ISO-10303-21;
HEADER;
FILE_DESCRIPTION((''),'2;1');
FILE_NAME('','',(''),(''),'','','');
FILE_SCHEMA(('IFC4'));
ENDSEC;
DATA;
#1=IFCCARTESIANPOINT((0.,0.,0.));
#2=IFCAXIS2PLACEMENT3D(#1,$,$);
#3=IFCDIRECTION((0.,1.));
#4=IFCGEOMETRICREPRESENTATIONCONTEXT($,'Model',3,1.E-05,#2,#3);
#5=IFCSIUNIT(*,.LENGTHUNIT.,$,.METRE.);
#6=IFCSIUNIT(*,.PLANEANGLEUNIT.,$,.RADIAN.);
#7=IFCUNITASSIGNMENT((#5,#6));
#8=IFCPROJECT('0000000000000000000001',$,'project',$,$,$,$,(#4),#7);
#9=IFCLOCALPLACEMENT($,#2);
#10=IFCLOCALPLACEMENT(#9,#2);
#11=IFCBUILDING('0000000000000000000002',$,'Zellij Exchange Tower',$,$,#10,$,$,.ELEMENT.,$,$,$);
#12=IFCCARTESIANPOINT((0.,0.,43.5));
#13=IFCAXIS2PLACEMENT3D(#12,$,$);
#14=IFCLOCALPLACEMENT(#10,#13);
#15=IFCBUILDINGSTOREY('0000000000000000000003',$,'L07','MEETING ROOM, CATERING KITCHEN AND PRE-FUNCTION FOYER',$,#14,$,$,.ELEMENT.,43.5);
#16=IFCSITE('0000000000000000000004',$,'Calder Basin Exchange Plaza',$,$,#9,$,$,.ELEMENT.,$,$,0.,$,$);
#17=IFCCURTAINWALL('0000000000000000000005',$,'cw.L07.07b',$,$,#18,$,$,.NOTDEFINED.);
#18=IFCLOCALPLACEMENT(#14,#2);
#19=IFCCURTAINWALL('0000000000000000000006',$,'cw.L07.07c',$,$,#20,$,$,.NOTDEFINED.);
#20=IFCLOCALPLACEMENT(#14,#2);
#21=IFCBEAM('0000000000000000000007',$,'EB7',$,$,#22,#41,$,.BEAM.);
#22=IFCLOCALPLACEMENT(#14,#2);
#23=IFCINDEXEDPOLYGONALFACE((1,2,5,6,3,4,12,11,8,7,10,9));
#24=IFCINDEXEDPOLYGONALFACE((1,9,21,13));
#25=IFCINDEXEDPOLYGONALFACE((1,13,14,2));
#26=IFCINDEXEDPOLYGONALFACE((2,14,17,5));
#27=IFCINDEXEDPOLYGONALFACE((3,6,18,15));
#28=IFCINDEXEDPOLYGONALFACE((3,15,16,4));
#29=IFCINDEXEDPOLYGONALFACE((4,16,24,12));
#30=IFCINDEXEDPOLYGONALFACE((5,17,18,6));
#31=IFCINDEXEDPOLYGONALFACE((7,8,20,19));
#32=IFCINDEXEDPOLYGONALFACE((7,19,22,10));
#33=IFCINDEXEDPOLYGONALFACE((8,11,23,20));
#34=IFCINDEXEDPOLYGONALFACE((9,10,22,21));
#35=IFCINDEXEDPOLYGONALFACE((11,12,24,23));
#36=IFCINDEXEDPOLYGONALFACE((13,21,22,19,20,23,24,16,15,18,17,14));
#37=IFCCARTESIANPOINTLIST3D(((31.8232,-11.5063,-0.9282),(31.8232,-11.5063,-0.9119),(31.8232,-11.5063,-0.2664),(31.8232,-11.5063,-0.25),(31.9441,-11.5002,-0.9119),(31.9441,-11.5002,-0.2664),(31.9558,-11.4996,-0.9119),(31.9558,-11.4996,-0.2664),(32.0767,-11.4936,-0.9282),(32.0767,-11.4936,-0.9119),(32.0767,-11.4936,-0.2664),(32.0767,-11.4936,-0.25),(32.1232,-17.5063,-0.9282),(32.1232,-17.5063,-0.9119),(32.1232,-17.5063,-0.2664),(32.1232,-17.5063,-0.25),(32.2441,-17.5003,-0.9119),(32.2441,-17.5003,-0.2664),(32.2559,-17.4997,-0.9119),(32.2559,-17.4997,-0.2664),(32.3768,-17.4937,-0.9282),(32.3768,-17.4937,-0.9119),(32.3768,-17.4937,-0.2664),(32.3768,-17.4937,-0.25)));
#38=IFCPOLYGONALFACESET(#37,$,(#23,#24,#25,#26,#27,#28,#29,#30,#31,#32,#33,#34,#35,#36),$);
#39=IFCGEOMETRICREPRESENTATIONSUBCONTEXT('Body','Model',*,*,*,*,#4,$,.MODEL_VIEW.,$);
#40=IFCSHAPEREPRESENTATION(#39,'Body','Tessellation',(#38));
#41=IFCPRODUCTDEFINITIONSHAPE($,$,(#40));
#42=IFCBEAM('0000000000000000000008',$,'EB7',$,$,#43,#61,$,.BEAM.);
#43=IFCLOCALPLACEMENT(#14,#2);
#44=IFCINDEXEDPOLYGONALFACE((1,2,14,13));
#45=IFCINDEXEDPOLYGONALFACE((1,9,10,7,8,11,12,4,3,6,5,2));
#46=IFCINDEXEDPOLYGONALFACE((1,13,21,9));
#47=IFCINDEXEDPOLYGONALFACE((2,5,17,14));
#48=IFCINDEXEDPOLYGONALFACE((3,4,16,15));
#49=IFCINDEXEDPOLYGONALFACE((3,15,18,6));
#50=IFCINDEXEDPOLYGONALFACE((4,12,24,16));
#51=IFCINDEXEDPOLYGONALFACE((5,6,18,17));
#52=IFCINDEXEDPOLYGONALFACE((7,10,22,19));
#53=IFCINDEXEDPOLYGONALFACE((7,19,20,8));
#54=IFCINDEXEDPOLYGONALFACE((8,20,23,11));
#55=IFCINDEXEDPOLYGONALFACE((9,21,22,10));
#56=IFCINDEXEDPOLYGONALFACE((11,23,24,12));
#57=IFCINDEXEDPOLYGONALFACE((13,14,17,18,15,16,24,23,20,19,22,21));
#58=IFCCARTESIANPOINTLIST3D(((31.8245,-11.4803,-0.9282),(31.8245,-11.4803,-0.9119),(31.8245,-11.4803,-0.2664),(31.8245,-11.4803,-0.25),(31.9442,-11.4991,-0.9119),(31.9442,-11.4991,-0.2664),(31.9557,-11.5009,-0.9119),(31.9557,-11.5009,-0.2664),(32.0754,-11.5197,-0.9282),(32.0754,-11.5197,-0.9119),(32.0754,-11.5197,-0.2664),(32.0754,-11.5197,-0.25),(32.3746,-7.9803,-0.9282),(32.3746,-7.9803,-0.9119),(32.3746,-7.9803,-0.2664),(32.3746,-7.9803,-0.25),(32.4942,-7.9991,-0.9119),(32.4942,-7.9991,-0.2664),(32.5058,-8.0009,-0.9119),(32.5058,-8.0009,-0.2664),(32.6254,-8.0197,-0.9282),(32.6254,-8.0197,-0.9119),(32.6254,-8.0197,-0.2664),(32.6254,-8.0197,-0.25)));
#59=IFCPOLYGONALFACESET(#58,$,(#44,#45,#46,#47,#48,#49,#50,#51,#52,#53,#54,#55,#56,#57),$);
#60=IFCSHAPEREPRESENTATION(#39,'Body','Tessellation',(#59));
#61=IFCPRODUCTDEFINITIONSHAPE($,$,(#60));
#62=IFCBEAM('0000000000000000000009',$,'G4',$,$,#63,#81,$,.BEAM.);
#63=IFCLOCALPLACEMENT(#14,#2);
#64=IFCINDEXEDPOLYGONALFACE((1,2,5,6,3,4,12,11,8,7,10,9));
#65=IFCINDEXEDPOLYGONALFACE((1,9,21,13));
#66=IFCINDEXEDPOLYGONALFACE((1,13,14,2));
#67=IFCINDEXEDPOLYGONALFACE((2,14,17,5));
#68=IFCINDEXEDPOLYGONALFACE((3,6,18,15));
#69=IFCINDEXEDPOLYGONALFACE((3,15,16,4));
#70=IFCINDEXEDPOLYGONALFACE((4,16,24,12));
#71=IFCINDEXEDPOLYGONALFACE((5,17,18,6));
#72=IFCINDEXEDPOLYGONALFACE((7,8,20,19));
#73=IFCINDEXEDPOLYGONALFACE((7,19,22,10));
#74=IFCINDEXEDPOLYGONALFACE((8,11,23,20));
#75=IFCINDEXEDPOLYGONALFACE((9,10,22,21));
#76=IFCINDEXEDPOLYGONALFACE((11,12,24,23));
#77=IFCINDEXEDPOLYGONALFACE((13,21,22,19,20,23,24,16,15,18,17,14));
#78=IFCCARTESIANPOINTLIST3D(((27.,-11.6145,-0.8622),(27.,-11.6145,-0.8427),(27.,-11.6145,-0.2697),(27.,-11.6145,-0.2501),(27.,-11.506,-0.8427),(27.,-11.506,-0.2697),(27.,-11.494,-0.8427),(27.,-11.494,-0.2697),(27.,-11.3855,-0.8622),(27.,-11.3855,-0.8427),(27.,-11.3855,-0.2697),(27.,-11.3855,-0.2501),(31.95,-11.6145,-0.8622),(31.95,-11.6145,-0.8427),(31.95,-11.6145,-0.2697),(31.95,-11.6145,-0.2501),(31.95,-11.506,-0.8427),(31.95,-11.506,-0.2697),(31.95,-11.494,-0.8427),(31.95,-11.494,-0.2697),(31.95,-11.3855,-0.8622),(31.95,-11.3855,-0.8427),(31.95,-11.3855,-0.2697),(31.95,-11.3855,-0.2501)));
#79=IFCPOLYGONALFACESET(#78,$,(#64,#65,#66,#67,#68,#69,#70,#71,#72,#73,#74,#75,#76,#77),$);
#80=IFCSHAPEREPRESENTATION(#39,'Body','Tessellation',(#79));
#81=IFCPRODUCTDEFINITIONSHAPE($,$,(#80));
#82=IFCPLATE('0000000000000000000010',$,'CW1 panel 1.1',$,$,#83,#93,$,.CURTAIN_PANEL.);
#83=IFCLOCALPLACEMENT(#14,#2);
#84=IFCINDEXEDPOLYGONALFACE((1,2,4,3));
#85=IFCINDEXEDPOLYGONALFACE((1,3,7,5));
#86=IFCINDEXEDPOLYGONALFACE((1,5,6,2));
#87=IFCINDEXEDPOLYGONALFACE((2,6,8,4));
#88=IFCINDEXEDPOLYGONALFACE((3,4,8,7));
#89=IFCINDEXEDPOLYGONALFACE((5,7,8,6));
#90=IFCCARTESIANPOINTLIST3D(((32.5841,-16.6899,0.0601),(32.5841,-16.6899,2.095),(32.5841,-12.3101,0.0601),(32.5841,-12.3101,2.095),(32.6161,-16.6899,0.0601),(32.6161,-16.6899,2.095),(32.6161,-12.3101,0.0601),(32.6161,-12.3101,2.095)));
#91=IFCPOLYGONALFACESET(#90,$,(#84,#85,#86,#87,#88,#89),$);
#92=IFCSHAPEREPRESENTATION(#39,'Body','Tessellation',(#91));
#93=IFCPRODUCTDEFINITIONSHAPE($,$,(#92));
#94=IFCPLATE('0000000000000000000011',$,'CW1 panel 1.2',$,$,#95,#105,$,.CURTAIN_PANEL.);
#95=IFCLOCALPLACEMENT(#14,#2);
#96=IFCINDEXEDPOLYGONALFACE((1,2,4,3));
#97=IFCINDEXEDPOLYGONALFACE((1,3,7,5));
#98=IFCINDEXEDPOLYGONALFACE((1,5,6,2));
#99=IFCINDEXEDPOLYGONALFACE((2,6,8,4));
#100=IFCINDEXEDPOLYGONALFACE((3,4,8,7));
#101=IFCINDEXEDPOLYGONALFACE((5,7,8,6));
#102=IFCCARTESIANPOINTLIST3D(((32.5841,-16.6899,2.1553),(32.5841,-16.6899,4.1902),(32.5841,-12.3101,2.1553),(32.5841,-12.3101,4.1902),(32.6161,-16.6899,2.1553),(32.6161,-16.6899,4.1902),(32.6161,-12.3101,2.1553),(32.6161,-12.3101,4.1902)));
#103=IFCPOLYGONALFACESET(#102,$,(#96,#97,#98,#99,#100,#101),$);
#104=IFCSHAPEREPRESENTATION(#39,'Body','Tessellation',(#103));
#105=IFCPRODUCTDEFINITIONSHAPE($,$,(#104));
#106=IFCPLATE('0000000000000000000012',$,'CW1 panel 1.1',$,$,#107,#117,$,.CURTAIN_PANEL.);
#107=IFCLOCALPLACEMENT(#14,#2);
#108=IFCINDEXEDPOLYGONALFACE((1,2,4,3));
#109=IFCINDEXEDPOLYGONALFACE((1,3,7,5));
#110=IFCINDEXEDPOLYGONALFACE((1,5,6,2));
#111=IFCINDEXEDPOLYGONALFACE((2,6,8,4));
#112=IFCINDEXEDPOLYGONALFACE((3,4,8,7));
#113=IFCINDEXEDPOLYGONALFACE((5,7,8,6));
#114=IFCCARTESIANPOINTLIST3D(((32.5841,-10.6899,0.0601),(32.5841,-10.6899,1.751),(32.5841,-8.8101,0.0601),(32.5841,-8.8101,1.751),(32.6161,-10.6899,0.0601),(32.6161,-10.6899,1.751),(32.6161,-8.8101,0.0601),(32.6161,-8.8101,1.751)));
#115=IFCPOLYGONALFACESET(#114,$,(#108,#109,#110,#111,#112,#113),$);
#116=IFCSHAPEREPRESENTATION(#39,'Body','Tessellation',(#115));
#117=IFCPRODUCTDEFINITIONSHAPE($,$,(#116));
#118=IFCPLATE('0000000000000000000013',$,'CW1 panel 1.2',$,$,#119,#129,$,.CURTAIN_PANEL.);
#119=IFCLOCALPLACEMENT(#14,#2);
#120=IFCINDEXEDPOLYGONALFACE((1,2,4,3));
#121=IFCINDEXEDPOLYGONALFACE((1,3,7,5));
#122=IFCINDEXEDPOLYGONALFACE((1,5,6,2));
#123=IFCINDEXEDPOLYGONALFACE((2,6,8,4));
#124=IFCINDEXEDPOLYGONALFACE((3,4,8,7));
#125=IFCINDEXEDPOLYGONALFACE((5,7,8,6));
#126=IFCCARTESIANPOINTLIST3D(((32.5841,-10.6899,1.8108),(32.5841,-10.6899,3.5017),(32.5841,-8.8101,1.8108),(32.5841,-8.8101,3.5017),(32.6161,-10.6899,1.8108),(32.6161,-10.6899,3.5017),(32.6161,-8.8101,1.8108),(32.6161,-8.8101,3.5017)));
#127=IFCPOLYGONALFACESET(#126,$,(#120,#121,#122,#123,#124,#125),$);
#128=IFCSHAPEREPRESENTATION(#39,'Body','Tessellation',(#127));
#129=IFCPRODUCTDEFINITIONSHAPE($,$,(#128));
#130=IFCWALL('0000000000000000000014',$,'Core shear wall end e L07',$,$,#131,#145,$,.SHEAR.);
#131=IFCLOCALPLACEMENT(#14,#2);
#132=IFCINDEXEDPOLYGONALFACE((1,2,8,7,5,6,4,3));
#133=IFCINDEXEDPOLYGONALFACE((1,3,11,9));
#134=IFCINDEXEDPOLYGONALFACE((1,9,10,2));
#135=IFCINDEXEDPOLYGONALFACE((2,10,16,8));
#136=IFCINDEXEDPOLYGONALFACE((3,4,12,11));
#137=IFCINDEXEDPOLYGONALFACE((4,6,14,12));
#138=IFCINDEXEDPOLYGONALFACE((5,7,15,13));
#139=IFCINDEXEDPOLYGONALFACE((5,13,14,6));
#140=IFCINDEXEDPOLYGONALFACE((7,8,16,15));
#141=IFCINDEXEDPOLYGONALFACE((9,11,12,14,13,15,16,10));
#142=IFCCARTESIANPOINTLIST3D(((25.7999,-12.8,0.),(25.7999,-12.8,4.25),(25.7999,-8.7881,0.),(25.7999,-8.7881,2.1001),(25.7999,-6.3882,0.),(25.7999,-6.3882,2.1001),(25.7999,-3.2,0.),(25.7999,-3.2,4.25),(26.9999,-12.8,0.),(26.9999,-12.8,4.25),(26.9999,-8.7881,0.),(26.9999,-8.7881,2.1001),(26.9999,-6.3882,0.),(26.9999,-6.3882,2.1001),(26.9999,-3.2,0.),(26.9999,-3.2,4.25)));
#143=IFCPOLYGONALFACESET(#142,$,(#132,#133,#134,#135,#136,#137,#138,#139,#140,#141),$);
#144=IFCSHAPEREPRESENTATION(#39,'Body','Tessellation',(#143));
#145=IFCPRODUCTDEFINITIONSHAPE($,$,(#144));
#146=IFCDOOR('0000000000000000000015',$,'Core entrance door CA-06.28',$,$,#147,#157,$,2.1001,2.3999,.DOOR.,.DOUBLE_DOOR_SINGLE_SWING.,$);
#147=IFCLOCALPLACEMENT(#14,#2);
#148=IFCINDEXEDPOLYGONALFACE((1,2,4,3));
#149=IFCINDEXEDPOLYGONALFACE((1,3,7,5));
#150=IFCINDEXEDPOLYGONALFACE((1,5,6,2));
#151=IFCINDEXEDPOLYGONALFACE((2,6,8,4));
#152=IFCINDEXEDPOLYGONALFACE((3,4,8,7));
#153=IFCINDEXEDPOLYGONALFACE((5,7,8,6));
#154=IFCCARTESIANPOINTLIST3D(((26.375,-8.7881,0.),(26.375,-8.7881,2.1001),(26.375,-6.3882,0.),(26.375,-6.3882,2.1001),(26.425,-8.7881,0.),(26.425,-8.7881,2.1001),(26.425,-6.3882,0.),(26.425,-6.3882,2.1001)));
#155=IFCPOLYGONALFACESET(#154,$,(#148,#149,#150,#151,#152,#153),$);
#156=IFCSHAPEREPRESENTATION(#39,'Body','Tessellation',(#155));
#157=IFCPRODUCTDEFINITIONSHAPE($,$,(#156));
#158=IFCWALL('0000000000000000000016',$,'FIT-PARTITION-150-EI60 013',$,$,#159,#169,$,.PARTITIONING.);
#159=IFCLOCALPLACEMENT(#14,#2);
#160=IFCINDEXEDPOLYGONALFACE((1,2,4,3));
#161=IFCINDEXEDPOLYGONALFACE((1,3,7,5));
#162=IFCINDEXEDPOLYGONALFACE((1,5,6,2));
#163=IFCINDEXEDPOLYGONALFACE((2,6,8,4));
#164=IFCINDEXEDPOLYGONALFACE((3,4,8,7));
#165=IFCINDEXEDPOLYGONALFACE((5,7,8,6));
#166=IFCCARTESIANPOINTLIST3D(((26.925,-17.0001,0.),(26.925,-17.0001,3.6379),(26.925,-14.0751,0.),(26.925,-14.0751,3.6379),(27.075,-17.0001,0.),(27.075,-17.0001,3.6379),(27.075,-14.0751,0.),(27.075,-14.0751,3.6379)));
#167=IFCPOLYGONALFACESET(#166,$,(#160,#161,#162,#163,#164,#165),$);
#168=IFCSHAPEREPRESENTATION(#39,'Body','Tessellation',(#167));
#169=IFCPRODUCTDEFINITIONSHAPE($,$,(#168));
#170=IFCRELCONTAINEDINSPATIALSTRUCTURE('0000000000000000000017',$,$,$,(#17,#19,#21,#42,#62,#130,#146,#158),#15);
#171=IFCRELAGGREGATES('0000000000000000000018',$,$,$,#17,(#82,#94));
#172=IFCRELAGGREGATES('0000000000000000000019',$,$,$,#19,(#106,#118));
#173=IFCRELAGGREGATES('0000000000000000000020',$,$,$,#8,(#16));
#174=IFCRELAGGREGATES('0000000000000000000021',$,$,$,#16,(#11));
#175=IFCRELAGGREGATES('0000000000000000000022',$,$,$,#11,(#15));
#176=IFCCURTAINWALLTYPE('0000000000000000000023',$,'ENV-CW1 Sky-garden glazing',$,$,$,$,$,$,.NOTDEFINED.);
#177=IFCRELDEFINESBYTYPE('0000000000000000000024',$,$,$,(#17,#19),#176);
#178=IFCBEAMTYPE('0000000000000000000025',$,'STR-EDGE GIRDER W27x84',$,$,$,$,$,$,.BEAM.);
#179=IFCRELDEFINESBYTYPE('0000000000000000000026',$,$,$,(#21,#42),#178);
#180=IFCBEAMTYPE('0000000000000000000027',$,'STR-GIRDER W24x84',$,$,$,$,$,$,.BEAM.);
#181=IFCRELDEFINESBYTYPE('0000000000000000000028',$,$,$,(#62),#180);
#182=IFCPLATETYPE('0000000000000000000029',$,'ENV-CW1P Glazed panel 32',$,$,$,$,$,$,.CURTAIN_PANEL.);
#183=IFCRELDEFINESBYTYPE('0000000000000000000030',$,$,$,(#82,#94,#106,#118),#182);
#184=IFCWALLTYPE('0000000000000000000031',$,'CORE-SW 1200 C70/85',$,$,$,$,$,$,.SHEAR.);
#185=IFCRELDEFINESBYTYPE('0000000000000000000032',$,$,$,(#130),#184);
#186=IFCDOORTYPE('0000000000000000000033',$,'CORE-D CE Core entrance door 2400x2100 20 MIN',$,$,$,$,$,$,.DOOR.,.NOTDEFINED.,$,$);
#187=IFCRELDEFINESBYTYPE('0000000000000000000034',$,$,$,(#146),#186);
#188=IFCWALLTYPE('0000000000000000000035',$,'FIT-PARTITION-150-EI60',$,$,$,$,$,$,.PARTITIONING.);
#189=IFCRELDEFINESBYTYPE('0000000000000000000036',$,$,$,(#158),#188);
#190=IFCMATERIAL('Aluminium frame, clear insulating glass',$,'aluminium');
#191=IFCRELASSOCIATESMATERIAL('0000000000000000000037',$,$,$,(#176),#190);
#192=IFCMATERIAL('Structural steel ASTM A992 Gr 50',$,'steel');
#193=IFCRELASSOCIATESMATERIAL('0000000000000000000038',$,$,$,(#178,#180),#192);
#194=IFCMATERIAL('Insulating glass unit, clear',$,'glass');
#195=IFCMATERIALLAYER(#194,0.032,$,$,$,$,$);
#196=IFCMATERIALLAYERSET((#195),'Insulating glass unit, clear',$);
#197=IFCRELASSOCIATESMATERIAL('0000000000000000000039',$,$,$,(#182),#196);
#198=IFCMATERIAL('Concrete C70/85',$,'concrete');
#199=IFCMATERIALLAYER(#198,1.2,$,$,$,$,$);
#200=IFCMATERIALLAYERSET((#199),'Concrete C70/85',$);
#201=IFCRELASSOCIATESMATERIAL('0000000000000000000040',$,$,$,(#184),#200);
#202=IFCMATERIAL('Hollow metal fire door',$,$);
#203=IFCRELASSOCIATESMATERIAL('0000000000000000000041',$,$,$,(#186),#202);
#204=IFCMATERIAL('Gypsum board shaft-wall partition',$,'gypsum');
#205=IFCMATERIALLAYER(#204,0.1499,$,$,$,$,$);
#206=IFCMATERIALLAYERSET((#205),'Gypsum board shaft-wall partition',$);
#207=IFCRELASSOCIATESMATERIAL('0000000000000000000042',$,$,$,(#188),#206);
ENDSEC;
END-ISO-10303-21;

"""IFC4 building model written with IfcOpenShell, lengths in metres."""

from ifc_helpers import new_model, si_unit, direction, frame, frame_2d, origin, origin_2d, place, context, subcontext, project, spatial, rectangle, i_section, extrude, material, layer, layer_set, material_profile, profile_set, type_object, element, fill, aggregate, save


model = new_model("IFC4")

# Units and contexts
model_context = context("Model", 3, precision=1e-05, world=origin(), true_north=direction((0.0, 1.0)))
body_context = subcontext(model_context, "Body", "Model", "MODEL_VIEW")
ifc_project = project(units=[si_unit("LENGTHUNIT", "METRE"), si_unit("PLANEANGLEUNIT", "RADIAN")], contexts=[model_context])

# Site, building, storey
site_placement = place(None, origin())
site = spatial("IfcSite", under=ifc_project, at=site_placement, Name="Calder Basin Exchange Plaza", CompositionType="ELEMENT", RefElevation=0.0)
building_placement = place(site_placement, origin())
building = spatial("IfcBuilding", under=site, at=building_placement, Name="Zellij Exchange Tower", CompositionType="ELEMENT")
storey_placement = place(building_placement, frame((0.0, 0.0, 43.5)))
storey = spatial("IfcBuildingStorey", under=building, at=storey_placement, Name="L07", Description="MEETING ROOM, CATERING KITCHEN AND PRE-FUNCTION FOYER", CompositionType="ELEMENT", Elevation=43.5)

# Shared definitions
ifc_material_1 = material(Name="Concrete C70/85", Category="concrete")

# Curtain wall
ifc_material_2 = material(Name="Aluminium frame, clear insulating glass", Category="aluminium")
curtain_wall_type = type_object("IfcCurtainWallType", Name="ENV-CW1 Sky-garden glazing", PredefinedType="NOTDEFINED", material=ifc_material_2)
curtain_wall_1_placement = place(storey_placement, origin())
curtain_wall_1 = element("IfcCurtainWall", 1, at=curtain_wall_1_placement, inside=storey, type_object=curtain_wall_type, Name="cw.L07.07b", PredefinedType="NOTDEFINED")

# Curtain wall
curtain_wall_2_placement = place(storey_placement, origin())
curtain_wall_2 = element("IfcCurtainWall", 2, at=curtain_wall_2_placement, inside=storey, type_object=curtain_wall_type, Name="cw.L07.07c", PredefinedType="NOTDEFINED")

# Beams
ifc_material_3 = material(Name="Structural steel ASTM A992 Gr 50", Category="steel")
ifc_material_profile_1 = material_profile(ifc_material_3, i_section(OverallWidth=0.2539, OverallDepth=0.6782, WebThickness=0.0117, FlangeThickness=0.0164, at=origin_2d()), Name="W27x84")
ifc_profile_set_1 = profile_set([ifc_material_profile_1], Name="Structural steel ASTM A992 Gr 50")
beam_type_1 = type_object("IfcBeamType", Name="STR-EDGE GIRDER W27x84", PredefinedType="BEAM", material=ifc_profile_set_1)
beam_1_placement = place(storey_placement, frame((32.25, -17.5, -0.5891), z_axis=(-0.049946, 0.998752, 0.0), x_axis=(-0.998752, -0.049946, 0.0)))
element("IfcBeam", 3, at=beam_1_placement, inside=storey, type_object=beam_type_1, Name="EB7", PredefinedType="BEAM", context=body_context, shape_type="SweptSolid", body=[
    extrude(i_section(OverallWidth=0.2539, OverallDepth=0.6782, WebThickness=0.0117, FlangeThickness=0.0164, at=origin_2d()), origin(), (0.0, 0.0, 1.0), 6.0076),
])
beam_2_placement = place(storey_placement, frame((31.95, -11.5, -0.5891), z_axis=(0.155251, 0.987875, 0.0), x_axis=(-0.987875, 0.155251, 0.0)))
element("IfcBeam", 4, at=beam_2_placement, inside=storey, type_object=beam_type_1, Name="EB7", PredefinedType="BEAM", context=body_context, shape_type="SweptSolid", body=[
    extrude(i_section(OverallWidth=0.2539, OverallDepth=0.6782, WebThickness=0.0117, FlangeThickness=0.0164, at=origin_2d()), origin(), (0.0, 0.0, 1.0), 3.543),
])
ifc_material_profile_2 = material_profile(ifc_material_3, i_section(OverallWidth=0.229, OverallDepth=0.6121, WebThickness=0.012, FlangeThickness=0.0195, at=origin_2d()), Name="W24x84")
ifc_profile_set_2 = profile_set([ifc_material_profile_2], Name="Structural steel ASTM A992 Gr 50")
beam_type_2 = type_object("IfcBeamType", Name="STR-GIRDER W24x84", PredefinedType="BEAM", material=ifc_profile_set_2)
beam_3_placement = place(storey_placement, frame((27.0, -11.5, -0.5562), z_axis=(1.0, 0.0, 0.0), x_axis=(0.0, 1.0, 0.0)))
element("IfcBeam", 5, at=beam_3_placement, inside=storey, type_object=beam_type_2, Name="G4", PredefinedType="BEAM", context=body_context, shape_type="SweptSolid", body=[
    extrude(i_section(OverallWidth=0.229, OverallDepth=0.6121, WebThickness=0.012, FlangeThickness=0.0195, at=origin_2d()), origin(), (0.0, 0.0, 1.0), 4.95),
])

# Plates
ifc_material_4 = material(Name="Insulating glass unit, clear", Category="glass")
ifc_layer_1 = layer(ifc_material_4, 0.032)
ifc_layer_set_1 = layer_set([ifc_layer_1], Name="Insulating glass unit, clear")
plate_type = type_object("IfcPlateType", Name="ENV-CW1P Glazed panel 32", PredefinedType="CURTAIN_PANEL", material=ifc_layer_set_1)
plate_1_placement = place(storey_placement, frame((32.6001, -14.5, 0.0601), z_axis=(0.0, 0.0, 1.0), x_axis=(0.0, 1.0, 0.0)))
plate_1 = element("IfcPlate", 6, at=plate_1_placement, type_object=plate_type, Name="CW1 panel 1.1", PredefinedType="CURTAIN_PANEL", context=body_context, shape_type="SweptSolid", body=[
    extrude(rectangle(XDim=4.3799, YDim=0.032, at=origin_2d()), origin(), (0.0, 0.0, 1.0), 2.0349),
])
plate_2_placement = place(storey_placement, frame((32.6001, -14.5, 2.1553), z_axis=(0.0, 0.0, 1.0), x_axis=(0.0, 1.0, 0.0)))
plate_2 = element("IfcPlate", 7, at=plate_2_placement, type_object=plate_type, Name="CW1 panel 1.2", PredefinedType="CURTAIN_PANEL", context=body_context, shape_type="SweptSolid", body=[
    extrude(rectangle(XDim=4.3799, YDim=0.032, at=origin_2d()), origin(), (0.0, 0.0, 1.0), 2.0349),
])
aggregate(curtain_wall_1, [plate_1, plate_2])
plate_3_placement = place(storey_placement, frame((32.6001, -9.75, 0.0601), z_axis=(0.0, 0.0, 1.0), x_axis=(0.0, 1.0, 0.0)))
plate_3 = element("IfcPlate", 8, at=plate_3_placement, type_object=plate_type, Name="CW1 panel 1.1", PredefinedType="CURTAIN_PANEL", context=body_context, shape_type="SweptSolid", body=[
    extrude(rectangle(XDim=1.8799, YDim=0.032, at=origin_2d()), origin(), (0.0, 0.0, 1.0), 1.6909),
])
plate_4_placement = place(storey_placement, frame((32.6001, -9.75, 1.8108), z_axis=(0.0, 0.0, 1.0), x_axis=(0.0, 1.0, 0.0)))
plate_4 = element("IfcPlate", 9, at=plate_4_placement, type_object=plate_type, Name="CW1 panel 1.2", PredefinedType="CURTAIN_PANEL", context=body_context, shape_type="SweptSolid", body=[
    extrude(rectangle(XDim=1.8799, YDim=0.032, at=origin_2d()), origin(), (0.0, 0.0, 1.0), 1.6909),
])
aggregate(curtain_wall_2, [plate_3, plate_4])

# Wall, opening, door
ifc_layer_2 = layer(ifc_material_1, 1.2)
ifc_layer_set_2 = layer_set([ifc_layer_2], Name="Concrete C70/85")
wall_type_1 = type_object("IfcWallType", Name="CORE-SW 1200 C70/85", PredefinedType="SHEAR", material=ifc_layer_set_2)
wall_1_placement = place(storey_placement, frame((26.3999, -12.8, 0.0), z_axis=(0.0, 0.0, 1.0), x_axis=(0.0, 1.0, 0.0)))
wall_1 = element("IfcWall", 10, at=wall_1_placement, inside=storey, type_object=wall_type_1, Name="Core shear wall end e L07", PredefinedType="SHEAR", context=body_context, shape_type="SweptSolid", body=[
    extrude(rectangle(XDim=9.6001, YDim=1.2, at=frame_2d((4.8, 0.0))), origin(), (0.0, 0.0, 1.0), 4.25),
])
opening_1_placement = place(wall_1_placement, frame((4.012, 0.0, 0.0)))
opening_1 = element("IfcOpeningElement", 11, at=opening_1_placement, cuts=wall_1, PredefinedType="OPENING", context=body_context, shape_type="SweptSolid", body=[
    extrude(rectangle(XDim=2.3999, YDim=2.1001, at=frame_2d((1.2, 1.05))), frame((0.0, 0.6118, 0.0), z_axis=(0.0, -1.0, 0.0), x_axis=(1.0, 0.0, 0.0)), (0.0, 0.0, 1.0), 1.2239),
])
ifc_material_5 = material(Name="Hollow metal fire door")
door_type_1 = type_object("IfcDoorType", Name="CORE-D CE Core entrance door 2400x2100 20 MIN", OperationType="NOTDEFINED", PredefinedType="DOOR", material=ifc_material_5)
door_1_placement = place(opening_1_placement, origin())
door_1 = element("IfcDoor", 12, at=door_1_placement, inside=storey, type_object=door_type_1, Name="Core entrance door CA-06.28", OperationType="DOUBLE_DOOR_SINGLE_SWING", OverallHeight=2.1001, OverallWidth=2.3999, PredefinedType="DOOR", context=body_context, shape_type="SweptSolid", body=[
    extrude(rectangle(XDim=2.3999, YDim=2.1001, at=frame_2d((1.2, 1.05))), frame((0.0, 0.0249, 0.0), z_axis=(0.0, -1.0, 0.0), x_axis=(1.0, 0.0, 0.0)), (0.0, 0.0, 1.0), 0.05),
])
fill(opening_1, door_1)

# Wall
ifc_material_6 = material(Name="Gypsum board shaft-wall partition", Category="gypsum")
ifc_layer_3 = layer(ifc_material_6, 0.1499)
ifc_layer_set_3 = layer_set([ifc_layer_3], Name="Gypsum board shaft-wall partition")
wall_type_2 = type_object("IfcWallType", Name="FIT-PARTITION-150-EI60", PredefinedType="PARTITIONING", material=ifc_layer_set_3)
wall_2_placement = place(storey_placement, frame((27.0, -17.0, 0.0), z_axis=(0.0, 0.0, 1.0), x_axis=(0.0, 1.0, 0.0)))
element("IfcWall", 13, at=wall_2_placement, inside=storey, type_object=wall_type_2, Name="FIT-PARTITION-150-EI60 013", PredefinedType="PARTITIONING", context=body_context, shape_type="SweptSolid", body=[
    extrude(rectangle(XDim=2.925, YDim=0.1499, at=frame_2d((1.4624, 0.0))), origin(), (0.0, 0.0, 1.0), 3.6379),
])

save(model, "model.ifc")
